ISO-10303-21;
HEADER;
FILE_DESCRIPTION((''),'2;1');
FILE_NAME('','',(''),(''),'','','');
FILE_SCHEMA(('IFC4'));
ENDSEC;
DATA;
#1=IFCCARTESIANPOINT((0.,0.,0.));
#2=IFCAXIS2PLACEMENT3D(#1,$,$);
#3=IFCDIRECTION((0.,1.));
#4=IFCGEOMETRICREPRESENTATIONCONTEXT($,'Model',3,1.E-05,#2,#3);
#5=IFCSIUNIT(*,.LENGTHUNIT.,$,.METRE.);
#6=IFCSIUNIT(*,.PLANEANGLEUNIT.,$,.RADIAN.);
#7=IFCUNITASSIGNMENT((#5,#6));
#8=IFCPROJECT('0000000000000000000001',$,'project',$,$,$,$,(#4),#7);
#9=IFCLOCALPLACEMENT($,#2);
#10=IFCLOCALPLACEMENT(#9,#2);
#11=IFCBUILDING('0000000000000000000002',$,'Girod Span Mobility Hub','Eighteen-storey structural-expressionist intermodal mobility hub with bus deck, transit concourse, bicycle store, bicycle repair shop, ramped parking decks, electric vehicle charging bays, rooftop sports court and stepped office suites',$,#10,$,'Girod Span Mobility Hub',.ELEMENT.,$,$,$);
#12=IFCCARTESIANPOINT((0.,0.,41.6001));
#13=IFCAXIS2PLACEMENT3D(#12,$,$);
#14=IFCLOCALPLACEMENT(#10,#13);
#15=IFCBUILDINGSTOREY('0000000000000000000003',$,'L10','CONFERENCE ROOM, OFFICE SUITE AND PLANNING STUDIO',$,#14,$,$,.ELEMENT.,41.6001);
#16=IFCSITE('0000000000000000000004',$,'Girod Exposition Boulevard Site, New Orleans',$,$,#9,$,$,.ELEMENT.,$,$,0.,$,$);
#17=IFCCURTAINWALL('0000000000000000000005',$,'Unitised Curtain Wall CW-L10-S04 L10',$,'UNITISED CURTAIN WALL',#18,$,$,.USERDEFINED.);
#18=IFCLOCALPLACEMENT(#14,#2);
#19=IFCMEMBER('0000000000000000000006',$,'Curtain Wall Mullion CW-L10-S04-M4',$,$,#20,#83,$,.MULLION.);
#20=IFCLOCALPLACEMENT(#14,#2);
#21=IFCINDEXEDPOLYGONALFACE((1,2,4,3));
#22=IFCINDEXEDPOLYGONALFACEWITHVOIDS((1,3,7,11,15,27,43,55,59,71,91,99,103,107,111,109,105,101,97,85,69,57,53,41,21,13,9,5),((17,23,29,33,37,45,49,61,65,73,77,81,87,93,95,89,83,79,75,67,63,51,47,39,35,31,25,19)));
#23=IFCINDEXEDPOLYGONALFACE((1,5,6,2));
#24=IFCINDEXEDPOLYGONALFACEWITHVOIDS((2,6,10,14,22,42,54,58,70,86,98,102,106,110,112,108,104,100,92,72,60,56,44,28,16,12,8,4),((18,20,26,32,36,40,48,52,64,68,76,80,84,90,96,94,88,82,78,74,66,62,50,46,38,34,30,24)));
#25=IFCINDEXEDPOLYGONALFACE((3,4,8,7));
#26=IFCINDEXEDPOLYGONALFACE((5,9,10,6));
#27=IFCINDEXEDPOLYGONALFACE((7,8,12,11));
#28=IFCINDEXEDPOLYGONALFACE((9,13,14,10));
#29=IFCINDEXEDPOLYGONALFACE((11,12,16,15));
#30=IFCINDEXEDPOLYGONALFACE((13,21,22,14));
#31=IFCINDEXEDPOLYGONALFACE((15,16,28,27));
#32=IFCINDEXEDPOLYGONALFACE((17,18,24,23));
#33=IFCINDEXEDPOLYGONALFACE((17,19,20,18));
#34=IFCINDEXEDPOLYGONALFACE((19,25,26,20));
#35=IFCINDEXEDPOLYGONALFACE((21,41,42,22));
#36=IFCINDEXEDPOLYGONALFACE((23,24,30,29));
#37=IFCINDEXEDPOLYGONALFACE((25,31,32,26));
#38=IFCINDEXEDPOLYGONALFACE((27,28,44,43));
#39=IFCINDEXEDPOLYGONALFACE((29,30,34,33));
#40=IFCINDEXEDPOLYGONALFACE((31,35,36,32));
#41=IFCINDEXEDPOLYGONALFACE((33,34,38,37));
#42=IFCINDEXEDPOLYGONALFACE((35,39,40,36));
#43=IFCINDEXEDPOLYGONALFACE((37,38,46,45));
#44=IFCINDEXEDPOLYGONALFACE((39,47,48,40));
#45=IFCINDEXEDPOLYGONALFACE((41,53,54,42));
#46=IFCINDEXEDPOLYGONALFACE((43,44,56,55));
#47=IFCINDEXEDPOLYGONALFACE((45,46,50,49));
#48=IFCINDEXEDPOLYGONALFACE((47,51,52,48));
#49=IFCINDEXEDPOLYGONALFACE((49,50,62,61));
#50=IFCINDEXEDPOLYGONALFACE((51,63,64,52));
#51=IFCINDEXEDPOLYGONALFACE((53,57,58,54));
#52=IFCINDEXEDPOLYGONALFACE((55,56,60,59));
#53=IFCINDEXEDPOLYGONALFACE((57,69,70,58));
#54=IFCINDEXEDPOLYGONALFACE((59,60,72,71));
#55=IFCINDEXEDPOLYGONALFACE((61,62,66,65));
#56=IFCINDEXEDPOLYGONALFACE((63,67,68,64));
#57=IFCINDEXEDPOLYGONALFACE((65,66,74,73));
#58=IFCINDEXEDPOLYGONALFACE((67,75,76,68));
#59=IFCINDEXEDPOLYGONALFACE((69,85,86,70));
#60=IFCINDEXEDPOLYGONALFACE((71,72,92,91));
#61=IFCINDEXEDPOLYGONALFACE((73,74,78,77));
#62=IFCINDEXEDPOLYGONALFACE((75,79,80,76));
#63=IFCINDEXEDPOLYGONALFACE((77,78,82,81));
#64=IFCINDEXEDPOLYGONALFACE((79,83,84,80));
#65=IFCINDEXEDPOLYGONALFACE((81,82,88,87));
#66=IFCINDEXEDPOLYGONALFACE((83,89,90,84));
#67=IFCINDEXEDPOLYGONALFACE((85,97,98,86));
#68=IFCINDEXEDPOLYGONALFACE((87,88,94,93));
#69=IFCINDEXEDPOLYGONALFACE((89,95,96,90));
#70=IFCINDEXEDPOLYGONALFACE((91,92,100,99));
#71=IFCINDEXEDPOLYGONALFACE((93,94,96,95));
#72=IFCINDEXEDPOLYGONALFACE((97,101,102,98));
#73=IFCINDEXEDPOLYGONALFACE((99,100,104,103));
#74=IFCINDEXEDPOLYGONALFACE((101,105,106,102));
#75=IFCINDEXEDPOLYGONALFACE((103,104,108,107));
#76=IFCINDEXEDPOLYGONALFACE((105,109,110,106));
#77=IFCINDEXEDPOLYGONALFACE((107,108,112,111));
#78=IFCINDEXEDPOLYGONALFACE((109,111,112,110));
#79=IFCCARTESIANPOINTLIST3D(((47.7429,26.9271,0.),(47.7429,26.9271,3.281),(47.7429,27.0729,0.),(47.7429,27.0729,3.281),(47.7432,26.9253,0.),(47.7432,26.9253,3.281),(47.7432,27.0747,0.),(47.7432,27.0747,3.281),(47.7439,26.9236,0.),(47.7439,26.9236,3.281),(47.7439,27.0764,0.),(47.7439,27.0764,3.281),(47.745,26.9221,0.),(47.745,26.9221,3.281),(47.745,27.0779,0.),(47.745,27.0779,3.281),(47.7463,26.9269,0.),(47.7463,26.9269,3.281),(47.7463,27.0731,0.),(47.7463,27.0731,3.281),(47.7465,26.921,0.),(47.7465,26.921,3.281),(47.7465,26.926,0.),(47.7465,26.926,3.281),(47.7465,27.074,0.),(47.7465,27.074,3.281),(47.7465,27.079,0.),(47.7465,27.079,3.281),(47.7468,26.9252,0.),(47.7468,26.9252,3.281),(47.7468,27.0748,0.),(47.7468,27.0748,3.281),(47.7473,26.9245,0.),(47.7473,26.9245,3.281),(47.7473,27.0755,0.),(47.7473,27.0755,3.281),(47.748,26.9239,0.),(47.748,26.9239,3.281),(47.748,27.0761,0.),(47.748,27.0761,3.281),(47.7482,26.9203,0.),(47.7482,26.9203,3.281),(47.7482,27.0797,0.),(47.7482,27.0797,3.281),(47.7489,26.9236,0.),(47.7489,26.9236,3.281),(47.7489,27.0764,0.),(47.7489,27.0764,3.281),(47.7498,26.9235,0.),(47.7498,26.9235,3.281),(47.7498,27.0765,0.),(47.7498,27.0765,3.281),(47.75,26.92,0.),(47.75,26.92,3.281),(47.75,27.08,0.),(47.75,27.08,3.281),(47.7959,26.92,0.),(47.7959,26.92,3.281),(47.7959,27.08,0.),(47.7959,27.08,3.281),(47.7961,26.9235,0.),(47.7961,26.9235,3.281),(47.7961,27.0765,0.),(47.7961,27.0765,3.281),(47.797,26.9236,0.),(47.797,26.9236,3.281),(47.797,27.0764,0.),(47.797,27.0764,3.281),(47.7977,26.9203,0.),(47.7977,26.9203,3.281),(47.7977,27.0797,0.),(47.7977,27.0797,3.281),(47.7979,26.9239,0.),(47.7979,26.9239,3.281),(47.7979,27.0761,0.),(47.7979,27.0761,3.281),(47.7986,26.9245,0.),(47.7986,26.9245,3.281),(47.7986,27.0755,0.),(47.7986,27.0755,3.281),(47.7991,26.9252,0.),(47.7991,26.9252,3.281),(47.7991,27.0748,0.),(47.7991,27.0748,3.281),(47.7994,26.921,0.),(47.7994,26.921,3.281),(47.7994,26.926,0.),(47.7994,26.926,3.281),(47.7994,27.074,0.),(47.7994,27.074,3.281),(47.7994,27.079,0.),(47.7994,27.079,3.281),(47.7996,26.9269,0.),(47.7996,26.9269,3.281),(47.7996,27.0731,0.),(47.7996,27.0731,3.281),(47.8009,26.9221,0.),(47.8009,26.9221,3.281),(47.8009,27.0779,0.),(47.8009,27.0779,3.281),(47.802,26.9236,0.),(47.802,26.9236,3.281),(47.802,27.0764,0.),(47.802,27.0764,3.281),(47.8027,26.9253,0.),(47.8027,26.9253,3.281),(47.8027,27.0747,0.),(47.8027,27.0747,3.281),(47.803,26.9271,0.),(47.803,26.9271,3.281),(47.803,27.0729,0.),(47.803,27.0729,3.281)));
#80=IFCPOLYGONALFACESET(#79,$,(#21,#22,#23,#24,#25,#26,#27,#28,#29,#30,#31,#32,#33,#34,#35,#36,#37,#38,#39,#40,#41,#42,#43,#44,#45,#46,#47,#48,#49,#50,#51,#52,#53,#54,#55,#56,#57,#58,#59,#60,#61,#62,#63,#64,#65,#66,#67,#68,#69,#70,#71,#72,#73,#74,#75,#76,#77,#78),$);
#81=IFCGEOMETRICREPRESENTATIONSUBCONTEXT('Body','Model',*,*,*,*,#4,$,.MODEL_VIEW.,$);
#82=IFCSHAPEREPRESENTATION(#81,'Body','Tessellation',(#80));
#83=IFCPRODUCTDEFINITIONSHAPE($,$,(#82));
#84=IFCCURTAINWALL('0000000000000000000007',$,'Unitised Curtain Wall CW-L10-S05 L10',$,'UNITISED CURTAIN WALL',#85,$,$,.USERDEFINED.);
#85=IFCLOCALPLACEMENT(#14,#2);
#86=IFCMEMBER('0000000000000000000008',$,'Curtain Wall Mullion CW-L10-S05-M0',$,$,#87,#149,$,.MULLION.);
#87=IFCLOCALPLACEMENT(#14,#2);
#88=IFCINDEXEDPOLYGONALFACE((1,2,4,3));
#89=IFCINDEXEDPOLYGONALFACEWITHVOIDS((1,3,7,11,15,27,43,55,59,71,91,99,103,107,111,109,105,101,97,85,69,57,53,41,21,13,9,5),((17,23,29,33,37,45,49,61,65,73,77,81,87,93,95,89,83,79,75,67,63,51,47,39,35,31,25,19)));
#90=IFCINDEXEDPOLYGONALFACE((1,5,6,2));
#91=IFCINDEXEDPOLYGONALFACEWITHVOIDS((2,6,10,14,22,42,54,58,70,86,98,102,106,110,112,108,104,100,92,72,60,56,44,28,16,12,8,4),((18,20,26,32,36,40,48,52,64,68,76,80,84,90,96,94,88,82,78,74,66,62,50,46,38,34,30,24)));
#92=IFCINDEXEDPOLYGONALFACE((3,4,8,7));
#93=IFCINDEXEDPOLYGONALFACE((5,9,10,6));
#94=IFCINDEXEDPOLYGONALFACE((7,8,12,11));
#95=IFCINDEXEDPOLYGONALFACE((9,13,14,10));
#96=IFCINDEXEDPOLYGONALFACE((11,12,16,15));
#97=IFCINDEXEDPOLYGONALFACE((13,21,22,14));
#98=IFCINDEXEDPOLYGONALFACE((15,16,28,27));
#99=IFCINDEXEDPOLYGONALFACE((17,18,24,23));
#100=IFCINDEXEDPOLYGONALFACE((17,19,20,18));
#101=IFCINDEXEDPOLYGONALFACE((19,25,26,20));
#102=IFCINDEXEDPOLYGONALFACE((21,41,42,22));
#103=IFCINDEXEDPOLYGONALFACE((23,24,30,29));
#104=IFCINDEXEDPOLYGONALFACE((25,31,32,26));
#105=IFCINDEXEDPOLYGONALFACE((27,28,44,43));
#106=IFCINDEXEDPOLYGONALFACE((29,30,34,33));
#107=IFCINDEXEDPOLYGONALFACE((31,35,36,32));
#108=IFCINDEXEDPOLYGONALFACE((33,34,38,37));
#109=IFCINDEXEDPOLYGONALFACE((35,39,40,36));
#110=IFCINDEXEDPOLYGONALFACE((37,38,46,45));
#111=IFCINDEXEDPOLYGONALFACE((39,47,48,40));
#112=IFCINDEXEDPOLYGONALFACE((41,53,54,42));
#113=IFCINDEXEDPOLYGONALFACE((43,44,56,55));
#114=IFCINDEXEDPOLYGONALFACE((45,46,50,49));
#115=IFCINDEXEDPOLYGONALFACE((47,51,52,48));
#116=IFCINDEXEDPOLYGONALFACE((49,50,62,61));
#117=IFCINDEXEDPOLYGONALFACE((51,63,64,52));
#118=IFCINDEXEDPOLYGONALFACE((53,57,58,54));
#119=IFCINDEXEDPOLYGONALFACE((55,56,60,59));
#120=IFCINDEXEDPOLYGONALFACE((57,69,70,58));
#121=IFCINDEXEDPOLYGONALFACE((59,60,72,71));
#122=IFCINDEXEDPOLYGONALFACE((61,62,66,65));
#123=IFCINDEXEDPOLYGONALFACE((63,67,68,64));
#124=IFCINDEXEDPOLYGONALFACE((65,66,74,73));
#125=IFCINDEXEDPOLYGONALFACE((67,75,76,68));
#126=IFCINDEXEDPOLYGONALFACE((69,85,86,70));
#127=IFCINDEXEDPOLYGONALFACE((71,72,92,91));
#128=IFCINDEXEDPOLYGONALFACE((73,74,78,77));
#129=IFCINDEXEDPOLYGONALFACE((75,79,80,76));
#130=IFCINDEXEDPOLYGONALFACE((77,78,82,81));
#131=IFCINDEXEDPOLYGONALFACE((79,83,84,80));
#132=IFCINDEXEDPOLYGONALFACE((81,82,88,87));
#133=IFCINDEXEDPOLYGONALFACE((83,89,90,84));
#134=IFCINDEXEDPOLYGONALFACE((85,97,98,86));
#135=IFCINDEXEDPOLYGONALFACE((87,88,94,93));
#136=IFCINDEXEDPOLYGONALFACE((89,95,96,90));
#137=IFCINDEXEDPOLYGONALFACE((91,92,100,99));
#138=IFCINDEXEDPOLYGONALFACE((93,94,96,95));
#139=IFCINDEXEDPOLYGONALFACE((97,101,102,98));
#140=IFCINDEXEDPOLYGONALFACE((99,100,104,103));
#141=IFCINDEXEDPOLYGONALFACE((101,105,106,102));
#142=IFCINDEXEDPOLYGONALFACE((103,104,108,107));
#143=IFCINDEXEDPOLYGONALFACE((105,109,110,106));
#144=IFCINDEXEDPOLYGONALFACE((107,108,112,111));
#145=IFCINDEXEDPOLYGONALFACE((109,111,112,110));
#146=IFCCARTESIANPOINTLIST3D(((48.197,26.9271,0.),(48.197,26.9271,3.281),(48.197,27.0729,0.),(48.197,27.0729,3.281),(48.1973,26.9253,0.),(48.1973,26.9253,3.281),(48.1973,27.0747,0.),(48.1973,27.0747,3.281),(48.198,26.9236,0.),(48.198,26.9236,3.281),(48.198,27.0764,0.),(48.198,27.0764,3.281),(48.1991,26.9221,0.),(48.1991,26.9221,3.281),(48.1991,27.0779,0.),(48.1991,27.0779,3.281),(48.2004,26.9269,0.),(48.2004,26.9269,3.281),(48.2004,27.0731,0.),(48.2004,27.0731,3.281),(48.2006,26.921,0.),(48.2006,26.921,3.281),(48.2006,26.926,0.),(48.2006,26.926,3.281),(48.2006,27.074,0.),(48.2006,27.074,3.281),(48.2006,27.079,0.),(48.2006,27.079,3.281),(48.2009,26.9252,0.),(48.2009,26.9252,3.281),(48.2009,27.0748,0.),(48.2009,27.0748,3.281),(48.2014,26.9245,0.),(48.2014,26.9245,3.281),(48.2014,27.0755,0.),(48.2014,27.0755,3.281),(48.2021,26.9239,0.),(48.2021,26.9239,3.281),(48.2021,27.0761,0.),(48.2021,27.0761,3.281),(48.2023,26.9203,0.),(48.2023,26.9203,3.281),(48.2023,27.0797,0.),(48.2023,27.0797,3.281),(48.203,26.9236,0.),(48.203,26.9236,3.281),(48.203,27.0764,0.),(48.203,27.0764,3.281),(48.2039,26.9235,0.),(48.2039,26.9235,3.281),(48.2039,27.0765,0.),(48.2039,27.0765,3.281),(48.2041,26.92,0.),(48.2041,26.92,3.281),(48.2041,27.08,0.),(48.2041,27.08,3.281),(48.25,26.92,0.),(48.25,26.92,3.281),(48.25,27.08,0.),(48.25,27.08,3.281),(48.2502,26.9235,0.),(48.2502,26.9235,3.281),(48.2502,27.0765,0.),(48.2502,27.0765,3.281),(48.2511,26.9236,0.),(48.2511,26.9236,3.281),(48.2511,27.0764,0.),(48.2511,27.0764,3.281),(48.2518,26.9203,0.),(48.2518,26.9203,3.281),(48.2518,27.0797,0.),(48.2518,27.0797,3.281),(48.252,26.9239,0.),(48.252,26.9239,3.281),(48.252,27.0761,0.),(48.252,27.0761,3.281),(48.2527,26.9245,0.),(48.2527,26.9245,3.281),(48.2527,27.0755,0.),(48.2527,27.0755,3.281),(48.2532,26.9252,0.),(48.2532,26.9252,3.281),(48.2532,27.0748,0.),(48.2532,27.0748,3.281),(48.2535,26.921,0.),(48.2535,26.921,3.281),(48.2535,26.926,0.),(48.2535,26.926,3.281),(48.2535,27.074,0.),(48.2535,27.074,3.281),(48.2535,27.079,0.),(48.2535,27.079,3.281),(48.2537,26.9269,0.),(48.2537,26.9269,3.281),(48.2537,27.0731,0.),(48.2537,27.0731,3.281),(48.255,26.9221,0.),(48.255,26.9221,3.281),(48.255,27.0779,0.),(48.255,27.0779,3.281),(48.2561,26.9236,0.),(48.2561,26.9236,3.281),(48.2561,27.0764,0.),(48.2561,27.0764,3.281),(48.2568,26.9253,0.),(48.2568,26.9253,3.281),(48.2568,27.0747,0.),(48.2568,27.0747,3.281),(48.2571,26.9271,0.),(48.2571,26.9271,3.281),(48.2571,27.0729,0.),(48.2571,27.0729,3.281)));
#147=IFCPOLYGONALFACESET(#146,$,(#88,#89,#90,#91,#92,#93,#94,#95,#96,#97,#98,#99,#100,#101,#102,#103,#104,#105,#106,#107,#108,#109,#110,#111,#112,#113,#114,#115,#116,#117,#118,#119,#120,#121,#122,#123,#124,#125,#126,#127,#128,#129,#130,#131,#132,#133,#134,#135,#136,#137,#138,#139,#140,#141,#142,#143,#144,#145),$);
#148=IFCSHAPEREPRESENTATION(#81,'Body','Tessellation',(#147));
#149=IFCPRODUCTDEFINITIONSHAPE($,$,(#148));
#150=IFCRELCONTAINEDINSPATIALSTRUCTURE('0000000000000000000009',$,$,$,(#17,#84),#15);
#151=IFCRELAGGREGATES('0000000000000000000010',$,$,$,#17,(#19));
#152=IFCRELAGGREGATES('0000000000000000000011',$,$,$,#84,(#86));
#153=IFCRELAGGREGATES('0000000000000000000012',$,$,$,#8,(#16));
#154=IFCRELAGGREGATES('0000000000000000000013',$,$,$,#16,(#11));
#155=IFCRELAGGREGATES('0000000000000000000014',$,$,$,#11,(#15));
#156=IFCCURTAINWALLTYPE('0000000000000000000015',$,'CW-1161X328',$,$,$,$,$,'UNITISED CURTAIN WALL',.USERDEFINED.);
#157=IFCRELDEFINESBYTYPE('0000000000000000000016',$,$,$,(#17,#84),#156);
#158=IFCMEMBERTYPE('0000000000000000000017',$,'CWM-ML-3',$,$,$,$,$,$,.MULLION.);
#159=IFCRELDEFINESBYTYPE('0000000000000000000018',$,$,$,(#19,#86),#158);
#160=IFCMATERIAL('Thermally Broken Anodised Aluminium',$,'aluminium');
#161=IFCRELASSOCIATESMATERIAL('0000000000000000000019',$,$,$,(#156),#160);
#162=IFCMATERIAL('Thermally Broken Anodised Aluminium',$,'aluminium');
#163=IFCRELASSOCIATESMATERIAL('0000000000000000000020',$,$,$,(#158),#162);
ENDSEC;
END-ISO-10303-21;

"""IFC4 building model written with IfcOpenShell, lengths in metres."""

from ifc_helpers import new_model, si_unit, direction, frame, origin, origin_2d, place, context, subcontext, project, spatial, hollow_rectangle, extrude, material, material_profile, profile_set, type_object, element, aggregate, save


model = new_model("IFC4")

# Units and contexts
model_context = context("Model", 3, precision=1e-05, world=origin(), true_north=direction((0.0, 1.0)))
body_context = subcontext(model_context, "Body", "Model", "MODEL_VIEW")
ifc_project = project(units=[si_unit("LENGTHUNIT", "METRE"), si_unit("PLANEANGLEUNIT", "RADIAN")], contexts=[model_context])

# Site, building, storey
site_placement = place(None, origin())
site = spatial("IfcSite", under=ifc_project, at=site_placement, Name="Girod Exposition Boulevard Site, New Orleans", CompositionType="ELEMENT", RefElevation=0.0)
building_placement = place(site_placement, origin())
building = spatial("IfcBuilding", under=site, at=building_placement, Name="Girod Span Mobility Hub", Description="Eighteen-storey structural-expressionist intermodal mobility hub with bus deck, transit concourse, bicycle store, bicycle repair shop, ramped parking decks, electric vehicle charging bays, rooftop sports court and stepped office suites", LongName="Girod Span Mobility Hub", CompositionType="ELEMENT")
storey_placement = place(building_placement, frame((0.0, 0.0, 41.6001)))
storey = spatial("IfcBuildingStorey", under=building, at=storey_placement, Name="L10", Description="CONFERENCE ROOM, OFFICE SUITE AND PLANNING STUDIO", CompositionType="ELEMENT", Elevation=41.6001)

# Curtain walls, members
ifc_material_1 = material(Name="Thermally Broken Anodised Aluminium", Category="aluminium")
curtain_wall_type = type_object("IfcCurtainWallType", Name="CW-1161X328", ElementType="UNITISED CURTAIN WALL", PredefinedType="USERDEFINED", material=ifc_material_1)
curtain_wall_1_placement = place(storey_placement, origin())
curtain_wall_1 = element("IfcCurtainWall", 1, at=curtain_wall_1_placement, inside=storey, type_object=curtain_wall_type, Name="Unitised Curtain Wall CW-L10-S04 L10", ObjectType="UNITISED CURTAIN WALL", PredefinedType="USERDEFINED")
ifc_material_2 = material(Name="Thermally Broken Anodised Aluminium", Category="aluminium")
ifc_material_profile_1 = material_profile(ifc_material_2, hollow_rectangle(XDim=0.1599, YDim=0.0601, WallThickness=0.0034, InnerFilletRadius=0.0034, OuterFilletRadius=0.0071, at=origin_2d()), Name="CW-ML-60X160")
ifc_profile_set_1 = profile_set([ifc_material_profile_1], Name="Thermally Broken Anodised Aluminium")
member_type_1 = type_object("IfcMemberType", Name="CWM-ML-3", PredefinedType="MULLION", material=ifc_profile_set_1)
member_1_placement = place(storey_placement, frame((47.7729, 27.0, 0.0), z_axis=(0.0, 0.0, 1.0), x_axis=(0.0, 1.0, 0.0)))
member_1 = element("IfcMember", 2, at=member_1_placement, type_object=member_type_1, Name="Curtain Wall Mullion CW-L10-S04-M4", PredefinedType="MULLION", context=body_context, shape_type="SweptSolid", body=[
    extrude(hollow_rectangle(XDim=0.1599, YDim=0.0601, WallThickness=0.0034, InnerFilletRadius=0.0034, OuterFilletRadius=0.0071, at=origin_2d()), origin(), (0.0, 0.0, 1.0), 3.281),
])
curtain_wall_2_placement = place(storey_placement, origin())
curtain_wall_2 = element("IfcCurtainWall", 3, at=curtain_wall_2_placement, inside=storey, type_object=curtain_wall_type, Name="Unitised Curtain Wall CW-L10-S05 L10", ObjectType="UNITISED CURTAIN WALL", PredefinedType="USERDEFINED")
member_2_placement = place(storey_placement, frame((48.2271, 27.0, 0.0), z_axis=(0.0, 0.0, 1.0), x_axis=(0.0, 1.0, 0.0)))
member_2 = element("IfcMember", 4, at=member_2_placement, type_object=member_type_1, Name="Curtain Wall Mullion CW-L10-S05-M0", PredefinedType="MULLION", context=body_context, shape_type="SweptSolid", body=[
    extrude(hollow_rectangle(XDim=0.1599, YDim=0.0601, WallThickness=0.0034, InnerFilletRadius=0.0034, OuterFilletRadius=0.0071, at=origin_2d()), origin(), (0.0, 0.0, 1.0), 3.281),
])

aggregate(curtain_wall_1, [member_1])
aggregate(curtain_wall_2, [member_2])

save(model, "model.ifc")
